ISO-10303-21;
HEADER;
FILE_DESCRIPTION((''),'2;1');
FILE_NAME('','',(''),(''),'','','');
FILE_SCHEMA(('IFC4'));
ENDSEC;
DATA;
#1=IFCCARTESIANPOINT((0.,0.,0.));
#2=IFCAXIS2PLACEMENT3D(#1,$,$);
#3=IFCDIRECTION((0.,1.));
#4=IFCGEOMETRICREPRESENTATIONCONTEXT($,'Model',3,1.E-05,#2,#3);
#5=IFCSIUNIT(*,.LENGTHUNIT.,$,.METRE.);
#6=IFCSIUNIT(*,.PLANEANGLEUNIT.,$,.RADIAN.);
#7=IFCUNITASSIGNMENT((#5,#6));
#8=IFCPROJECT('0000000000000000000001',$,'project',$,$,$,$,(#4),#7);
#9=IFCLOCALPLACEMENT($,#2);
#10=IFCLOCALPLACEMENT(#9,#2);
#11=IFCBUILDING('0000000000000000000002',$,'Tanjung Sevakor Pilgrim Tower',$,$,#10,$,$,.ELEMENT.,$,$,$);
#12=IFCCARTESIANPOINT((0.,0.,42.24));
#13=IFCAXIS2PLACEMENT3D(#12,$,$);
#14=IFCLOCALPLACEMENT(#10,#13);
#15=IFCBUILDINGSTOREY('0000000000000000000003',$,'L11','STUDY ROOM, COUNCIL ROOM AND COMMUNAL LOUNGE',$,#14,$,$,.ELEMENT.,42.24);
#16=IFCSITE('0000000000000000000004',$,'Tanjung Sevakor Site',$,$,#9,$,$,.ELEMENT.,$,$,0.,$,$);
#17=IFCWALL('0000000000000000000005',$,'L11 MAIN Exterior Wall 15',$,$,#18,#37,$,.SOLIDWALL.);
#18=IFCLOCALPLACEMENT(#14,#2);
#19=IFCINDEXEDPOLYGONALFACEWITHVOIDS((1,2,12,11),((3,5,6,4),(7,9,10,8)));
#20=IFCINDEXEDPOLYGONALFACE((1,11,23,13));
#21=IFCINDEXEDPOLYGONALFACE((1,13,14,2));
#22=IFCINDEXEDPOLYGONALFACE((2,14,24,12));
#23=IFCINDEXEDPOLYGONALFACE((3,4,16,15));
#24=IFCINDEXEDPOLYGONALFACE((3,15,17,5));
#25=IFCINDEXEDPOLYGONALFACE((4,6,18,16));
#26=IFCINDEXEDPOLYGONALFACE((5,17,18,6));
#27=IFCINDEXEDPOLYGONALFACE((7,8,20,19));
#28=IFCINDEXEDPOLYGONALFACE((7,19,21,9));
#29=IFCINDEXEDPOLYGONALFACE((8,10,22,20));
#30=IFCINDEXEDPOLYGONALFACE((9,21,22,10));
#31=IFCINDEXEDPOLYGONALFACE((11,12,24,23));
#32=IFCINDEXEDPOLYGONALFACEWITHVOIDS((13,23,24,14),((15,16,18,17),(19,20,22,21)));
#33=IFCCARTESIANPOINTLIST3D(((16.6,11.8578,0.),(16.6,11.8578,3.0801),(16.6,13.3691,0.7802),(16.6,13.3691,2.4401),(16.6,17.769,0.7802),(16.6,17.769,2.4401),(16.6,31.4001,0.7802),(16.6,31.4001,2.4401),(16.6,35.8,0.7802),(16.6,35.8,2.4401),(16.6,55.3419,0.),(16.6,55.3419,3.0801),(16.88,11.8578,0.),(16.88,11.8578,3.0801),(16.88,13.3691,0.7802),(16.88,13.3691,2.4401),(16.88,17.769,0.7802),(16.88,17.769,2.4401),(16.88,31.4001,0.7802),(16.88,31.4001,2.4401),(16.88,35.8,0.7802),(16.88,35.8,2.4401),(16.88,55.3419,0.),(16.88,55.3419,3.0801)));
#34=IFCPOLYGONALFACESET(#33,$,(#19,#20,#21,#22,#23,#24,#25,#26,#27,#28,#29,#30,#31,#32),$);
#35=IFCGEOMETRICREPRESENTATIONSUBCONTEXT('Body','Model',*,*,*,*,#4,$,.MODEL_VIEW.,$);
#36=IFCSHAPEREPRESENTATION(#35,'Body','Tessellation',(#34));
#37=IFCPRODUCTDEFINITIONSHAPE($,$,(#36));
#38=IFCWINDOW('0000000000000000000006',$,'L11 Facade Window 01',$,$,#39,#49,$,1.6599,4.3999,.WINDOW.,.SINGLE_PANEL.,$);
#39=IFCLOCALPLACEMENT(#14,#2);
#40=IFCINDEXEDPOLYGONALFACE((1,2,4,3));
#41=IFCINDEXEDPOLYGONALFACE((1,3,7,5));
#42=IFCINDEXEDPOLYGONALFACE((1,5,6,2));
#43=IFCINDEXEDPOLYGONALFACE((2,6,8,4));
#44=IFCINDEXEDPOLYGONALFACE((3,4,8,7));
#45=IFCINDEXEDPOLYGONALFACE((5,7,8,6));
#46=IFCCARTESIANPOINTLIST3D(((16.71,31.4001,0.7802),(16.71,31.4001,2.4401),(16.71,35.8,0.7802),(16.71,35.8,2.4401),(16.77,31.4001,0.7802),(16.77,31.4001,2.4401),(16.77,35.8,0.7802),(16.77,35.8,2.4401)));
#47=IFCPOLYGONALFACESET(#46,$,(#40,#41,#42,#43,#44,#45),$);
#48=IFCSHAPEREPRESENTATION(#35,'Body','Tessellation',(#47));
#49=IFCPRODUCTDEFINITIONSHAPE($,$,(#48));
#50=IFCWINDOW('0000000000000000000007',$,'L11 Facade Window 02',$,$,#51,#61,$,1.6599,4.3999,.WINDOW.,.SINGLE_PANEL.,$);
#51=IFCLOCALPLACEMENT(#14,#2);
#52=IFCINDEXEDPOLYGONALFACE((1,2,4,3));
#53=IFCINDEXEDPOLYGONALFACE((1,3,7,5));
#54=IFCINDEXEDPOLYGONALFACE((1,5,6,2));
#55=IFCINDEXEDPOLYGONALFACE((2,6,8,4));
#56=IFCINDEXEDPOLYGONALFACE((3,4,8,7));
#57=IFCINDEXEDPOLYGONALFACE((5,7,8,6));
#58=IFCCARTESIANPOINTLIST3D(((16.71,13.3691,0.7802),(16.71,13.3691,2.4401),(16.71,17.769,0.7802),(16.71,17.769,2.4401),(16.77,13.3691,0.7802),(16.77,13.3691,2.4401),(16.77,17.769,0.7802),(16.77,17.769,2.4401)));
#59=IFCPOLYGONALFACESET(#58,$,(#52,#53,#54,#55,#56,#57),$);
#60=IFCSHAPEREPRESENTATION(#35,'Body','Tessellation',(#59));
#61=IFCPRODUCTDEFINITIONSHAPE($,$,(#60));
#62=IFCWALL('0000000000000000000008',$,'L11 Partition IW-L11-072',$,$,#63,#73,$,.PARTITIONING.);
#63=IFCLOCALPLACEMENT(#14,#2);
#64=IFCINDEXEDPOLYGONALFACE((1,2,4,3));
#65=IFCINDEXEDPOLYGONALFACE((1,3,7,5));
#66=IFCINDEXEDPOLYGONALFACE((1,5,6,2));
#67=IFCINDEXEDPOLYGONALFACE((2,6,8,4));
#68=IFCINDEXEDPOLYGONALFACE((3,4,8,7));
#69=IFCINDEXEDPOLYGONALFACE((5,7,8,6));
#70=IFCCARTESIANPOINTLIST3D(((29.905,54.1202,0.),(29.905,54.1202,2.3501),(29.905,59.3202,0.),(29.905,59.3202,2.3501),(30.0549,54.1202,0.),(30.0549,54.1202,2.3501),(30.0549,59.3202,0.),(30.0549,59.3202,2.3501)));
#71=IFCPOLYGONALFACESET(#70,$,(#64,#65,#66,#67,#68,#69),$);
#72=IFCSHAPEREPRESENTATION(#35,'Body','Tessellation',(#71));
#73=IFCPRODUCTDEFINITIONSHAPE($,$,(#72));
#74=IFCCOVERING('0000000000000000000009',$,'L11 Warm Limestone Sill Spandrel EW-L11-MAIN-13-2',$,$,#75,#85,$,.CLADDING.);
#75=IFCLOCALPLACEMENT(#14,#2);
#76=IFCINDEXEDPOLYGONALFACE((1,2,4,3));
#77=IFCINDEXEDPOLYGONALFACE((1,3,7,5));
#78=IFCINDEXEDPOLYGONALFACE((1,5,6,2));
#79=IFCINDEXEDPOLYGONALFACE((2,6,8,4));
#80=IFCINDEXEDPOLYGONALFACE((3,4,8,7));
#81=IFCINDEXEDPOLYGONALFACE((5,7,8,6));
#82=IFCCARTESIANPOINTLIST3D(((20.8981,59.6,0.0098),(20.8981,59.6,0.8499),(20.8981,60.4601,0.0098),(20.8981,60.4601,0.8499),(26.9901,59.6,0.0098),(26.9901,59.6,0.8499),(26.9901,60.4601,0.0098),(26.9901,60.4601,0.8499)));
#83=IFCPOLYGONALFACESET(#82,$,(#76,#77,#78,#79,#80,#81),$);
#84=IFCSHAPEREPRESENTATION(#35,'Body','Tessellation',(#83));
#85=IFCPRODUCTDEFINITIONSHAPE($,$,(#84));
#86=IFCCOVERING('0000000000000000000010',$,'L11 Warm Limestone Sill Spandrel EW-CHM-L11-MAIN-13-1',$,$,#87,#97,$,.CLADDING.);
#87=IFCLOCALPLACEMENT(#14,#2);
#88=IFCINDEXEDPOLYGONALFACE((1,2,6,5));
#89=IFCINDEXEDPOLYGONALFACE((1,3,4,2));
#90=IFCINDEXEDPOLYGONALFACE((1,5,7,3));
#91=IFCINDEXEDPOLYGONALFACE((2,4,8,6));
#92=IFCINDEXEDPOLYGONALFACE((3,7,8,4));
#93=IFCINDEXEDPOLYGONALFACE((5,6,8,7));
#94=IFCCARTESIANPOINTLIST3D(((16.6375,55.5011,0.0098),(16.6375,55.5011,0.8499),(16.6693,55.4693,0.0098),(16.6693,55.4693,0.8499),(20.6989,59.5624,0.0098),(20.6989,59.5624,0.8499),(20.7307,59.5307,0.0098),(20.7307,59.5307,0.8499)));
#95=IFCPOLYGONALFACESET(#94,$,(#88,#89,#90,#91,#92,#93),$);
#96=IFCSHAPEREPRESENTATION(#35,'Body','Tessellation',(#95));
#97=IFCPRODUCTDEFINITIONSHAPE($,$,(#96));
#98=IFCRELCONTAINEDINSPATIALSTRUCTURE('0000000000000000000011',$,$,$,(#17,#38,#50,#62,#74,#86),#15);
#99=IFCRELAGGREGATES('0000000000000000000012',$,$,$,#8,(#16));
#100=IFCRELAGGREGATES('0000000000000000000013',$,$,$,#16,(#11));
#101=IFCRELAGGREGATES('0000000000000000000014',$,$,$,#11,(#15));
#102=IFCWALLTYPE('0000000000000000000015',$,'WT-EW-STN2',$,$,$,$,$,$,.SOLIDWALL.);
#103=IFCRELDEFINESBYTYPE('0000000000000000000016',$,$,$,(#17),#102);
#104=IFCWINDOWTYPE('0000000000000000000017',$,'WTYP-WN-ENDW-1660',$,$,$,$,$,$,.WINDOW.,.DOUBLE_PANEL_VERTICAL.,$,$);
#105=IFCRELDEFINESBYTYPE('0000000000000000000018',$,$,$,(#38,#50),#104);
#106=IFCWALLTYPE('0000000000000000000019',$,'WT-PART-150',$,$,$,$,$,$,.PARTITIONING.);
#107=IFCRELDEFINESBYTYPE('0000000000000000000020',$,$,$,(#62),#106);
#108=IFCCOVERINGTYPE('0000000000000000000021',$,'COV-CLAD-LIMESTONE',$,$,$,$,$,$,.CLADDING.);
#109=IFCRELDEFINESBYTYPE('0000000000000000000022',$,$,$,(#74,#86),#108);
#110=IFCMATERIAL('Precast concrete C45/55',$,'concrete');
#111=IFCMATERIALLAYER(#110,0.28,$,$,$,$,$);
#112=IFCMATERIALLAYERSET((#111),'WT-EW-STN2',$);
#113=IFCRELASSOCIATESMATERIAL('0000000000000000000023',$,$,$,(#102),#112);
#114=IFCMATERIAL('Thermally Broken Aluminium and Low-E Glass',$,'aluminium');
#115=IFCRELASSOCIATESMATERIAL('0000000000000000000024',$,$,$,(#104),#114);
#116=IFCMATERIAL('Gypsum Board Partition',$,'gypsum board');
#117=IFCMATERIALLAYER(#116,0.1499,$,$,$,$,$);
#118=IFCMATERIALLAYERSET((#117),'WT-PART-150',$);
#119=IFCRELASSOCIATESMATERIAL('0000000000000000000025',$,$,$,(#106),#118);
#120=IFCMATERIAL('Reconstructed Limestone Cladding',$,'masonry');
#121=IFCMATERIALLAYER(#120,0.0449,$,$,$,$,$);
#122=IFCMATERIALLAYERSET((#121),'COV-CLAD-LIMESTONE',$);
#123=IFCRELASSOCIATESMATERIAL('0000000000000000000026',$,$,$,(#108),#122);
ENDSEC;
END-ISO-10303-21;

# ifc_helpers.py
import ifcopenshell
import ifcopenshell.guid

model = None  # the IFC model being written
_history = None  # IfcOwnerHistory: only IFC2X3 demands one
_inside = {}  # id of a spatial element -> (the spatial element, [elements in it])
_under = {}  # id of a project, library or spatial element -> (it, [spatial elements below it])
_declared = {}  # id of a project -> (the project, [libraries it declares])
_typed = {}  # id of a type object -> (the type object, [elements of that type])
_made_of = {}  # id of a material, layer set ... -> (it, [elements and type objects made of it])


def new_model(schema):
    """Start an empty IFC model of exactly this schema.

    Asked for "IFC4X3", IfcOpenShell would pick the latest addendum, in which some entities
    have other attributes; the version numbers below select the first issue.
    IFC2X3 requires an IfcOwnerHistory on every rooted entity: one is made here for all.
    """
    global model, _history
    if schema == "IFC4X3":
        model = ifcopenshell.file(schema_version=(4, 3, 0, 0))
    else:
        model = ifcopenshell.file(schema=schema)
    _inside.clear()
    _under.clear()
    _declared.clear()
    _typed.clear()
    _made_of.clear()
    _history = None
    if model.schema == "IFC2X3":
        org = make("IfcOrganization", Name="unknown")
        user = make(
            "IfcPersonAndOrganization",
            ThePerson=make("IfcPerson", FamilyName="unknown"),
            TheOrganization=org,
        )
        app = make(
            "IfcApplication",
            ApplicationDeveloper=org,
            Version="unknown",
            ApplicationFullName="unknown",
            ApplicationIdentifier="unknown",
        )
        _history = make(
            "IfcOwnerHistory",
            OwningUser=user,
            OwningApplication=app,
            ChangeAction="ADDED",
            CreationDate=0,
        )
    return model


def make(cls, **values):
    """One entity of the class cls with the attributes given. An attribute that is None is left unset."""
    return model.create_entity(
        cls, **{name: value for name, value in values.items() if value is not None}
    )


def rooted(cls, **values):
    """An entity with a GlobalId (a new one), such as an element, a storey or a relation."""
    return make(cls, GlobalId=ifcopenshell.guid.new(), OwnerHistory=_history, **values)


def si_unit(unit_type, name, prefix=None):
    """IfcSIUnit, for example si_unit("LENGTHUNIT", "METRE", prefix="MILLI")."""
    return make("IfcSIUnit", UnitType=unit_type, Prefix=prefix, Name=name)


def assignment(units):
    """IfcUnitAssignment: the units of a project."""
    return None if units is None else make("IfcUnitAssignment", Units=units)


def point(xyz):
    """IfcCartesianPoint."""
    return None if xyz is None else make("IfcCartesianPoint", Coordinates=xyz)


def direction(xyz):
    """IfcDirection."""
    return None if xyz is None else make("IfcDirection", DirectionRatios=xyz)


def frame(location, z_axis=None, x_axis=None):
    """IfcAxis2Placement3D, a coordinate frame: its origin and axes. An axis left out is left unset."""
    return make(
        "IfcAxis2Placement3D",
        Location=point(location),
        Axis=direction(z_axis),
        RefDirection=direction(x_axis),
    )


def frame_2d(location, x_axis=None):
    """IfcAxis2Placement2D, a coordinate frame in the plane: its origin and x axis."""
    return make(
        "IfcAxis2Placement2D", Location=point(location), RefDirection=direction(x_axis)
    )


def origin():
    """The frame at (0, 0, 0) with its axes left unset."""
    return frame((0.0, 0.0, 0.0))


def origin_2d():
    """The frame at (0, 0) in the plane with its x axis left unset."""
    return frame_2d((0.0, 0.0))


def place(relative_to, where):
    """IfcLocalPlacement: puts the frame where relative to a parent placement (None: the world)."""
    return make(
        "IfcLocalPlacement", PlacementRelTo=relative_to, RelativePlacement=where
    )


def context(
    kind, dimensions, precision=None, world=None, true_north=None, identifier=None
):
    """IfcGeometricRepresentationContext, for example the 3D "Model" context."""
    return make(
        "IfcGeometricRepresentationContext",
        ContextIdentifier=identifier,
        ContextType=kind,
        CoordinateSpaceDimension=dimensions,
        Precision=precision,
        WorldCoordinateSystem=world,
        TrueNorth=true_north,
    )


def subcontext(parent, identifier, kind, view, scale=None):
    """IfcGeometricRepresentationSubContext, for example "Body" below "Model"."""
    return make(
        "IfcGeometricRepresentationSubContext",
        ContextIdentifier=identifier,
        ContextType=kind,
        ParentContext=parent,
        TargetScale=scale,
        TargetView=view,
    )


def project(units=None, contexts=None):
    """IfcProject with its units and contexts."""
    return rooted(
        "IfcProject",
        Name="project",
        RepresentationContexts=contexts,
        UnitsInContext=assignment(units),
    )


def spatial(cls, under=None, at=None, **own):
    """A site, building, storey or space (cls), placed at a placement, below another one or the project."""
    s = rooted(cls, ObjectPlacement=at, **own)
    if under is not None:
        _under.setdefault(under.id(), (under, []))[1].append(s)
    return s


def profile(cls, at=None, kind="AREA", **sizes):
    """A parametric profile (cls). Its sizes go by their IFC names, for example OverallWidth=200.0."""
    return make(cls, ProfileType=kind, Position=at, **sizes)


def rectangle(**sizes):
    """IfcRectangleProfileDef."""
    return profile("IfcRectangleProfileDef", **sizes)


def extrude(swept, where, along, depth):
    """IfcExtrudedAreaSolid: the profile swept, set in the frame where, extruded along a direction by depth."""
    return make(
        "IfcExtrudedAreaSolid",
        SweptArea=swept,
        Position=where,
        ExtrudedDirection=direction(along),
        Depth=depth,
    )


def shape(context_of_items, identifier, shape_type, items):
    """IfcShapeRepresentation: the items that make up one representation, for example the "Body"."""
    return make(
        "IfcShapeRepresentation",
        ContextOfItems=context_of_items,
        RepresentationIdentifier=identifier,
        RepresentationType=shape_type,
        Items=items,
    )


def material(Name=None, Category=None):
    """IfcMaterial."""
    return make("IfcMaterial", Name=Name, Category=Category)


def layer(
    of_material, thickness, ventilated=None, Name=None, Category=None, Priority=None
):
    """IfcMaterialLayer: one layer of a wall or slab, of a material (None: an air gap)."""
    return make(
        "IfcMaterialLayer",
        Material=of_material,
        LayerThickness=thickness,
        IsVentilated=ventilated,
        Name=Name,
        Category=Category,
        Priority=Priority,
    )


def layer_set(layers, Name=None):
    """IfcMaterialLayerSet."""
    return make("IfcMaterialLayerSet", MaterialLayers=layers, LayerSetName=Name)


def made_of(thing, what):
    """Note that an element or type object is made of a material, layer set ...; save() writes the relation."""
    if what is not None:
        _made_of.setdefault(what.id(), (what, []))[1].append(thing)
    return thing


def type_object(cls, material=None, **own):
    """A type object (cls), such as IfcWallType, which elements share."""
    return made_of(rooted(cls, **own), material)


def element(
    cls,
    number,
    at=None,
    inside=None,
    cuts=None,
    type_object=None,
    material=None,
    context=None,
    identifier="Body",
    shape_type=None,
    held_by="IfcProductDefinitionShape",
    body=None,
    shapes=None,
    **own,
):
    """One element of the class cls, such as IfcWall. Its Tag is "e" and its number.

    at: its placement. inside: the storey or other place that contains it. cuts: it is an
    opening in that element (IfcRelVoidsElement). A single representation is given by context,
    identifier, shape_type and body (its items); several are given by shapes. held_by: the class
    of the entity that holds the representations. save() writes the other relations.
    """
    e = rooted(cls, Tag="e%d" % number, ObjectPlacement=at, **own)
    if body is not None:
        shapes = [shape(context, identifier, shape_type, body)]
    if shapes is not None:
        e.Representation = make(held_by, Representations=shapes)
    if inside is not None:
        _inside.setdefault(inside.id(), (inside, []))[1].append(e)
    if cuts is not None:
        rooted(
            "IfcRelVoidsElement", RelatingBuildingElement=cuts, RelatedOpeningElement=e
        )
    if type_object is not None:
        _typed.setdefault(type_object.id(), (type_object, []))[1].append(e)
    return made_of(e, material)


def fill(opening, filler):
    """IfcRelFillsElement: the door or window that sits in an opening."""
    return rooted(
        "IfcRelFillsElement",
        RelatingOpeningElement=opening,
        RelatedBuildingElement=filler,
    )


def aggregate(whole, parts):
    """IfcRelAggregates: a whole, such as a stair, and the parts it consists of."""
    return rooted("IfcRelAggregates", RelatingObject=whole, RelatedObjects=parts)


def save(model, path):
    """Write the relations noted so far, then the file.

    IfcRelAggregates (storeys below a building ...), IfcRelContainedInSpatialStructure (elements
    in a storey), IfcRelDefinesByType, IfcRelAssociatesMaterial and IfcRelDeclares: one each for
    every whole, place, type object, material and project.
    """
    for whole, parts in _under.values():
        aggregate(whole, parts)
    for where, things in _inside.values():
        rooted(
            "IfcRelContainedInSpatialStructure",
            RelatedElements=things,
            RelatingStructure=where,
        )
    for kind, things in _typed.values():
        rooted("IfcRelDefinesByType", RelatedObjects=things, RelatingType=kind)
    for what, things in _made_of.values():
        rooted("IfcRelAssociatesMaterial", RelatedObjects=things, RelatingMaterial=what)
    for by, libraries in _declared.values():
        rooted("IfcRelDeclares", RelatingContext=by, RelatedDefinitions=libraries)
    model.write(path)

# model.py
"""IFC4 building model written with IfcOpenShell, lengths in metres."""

from ifc_helpers import new_model, si_unit, direction, frame, frame_2d, origin, origin_2d, place, context, subcontext, project, spatial, rectangle, extrude, material, layer, layer_set, type_object, element, fill, save


model = new_model("IFC4")

# Units and contexts
model_context = context("Model", 3, precision=1e-05, world=origin(), true_north=direction((0.0, 1.0)))
body_context = subcontext(model_context, "Body", "Model", "MODEL_VIEW")
ifc_project = project(units=[si_unit("LENGTHUNIT", "METRE"), si_unit("PLANEANGLEUNIT", "RADIAN")], contexts=[model_context])

# Site, building, storey
site_placement = place(None, origin())
site = spatial("IfcSite", under=ifc_project, at=site_placement, Name="Tanjung Sevakor Site", CompositionType="ELEMENT", RefElevation=0.0)
building_placement = place(site_placement, origin())
building = spatial("IfcBuilding", under=site, at=building_placement, Name="Tanjung Sevakor Pilgrim Tower", CompositionType="ELEMENT")
storey_placement = place(building_placement, frame((0.0, 0.0, 42.24)))
storey = spatial("IfcBuildingStorey", under=building, at=storey_placement, Name="L11", Description="STUDY ROOM, COUNCIL ROOM AND COMMUNAL LOUNGE", CompositionType="ELEMENT", Elevation=42.24)

# Shared definitions
ifc_material_1 = material(Name="Precast concrete C45/55", Category="concrete")
ifc_layer_1 = layer(ifc_material_1, 0.28)
ifc_layer_set_1 = layer_set([ifc_layer_1], Name="WT-EW-STN2")
wall_type_1 = type_object("IfcWallType", Name="WT-EW-STN2", PredefinedType="SOLIDWALL", material=ifc_layer_set_1)

# Wall, openings, windows
wall_1_placement = place(storey_placement, frame((16.74, 55.342, 0.0), z_axis=(0.0, 0.0, 1.0), x_axis=(0.0, -1.0, 0.0)))
wall_1 = element("IfcWall", 1, at=wall_1_placement, inside=storey, type_object=wall_type_1, Name="L11 MAIN Exterior Wall 15", PredefinedType="SOLIDWALL", context=body_context, shape_type="SweptSolid", body=[
    extrude(rectangle(XDim=43.4841, YDim=0.28, at=frame_2d((21.7422, 0.0))), origin(), (0.0, 0.0, 1.0), 3.0801),
])
opening_1_placement = place(wall_1_placement, frame((19.542, 0.0, 0.78)))
opening_1 = element("IfcOpeningElement", 2, at=opening_1_placement, cuts=wall_1, PredefinedType="OPENING", context=body_context, shape_type="SweptSolid", body=[
    extrude(rectangle(XDim=4.3999, YDim=1.6599, at=frame_2d((2.2, 0.8301))), frame((0.0, 0.1499, 0.0), z_axis=(0.0, -1.0, 0.0), x_axis=(1.0, 0.0, 0.0)), (0.0, 0.0, 1.0), 0.3),
])
opening_2_placement = place(wall_1_placement, frame((37.573, 0.0, 0.78)))
opening_2 = element("IfcOpeningElement", 3, at=opening_2_placement, cuts=wall_1, PredefinedType="OPENING", context=body_context, shape_type="SweptSolid", body=[
    extrude(rectangle(XDim=4.3999, YDim=1.6599, at=frame_2d((2.2, 0.8301))), frame((0.0, 0.1499, 0.0), z_axis=(0.0, -1.0, 0.0), x_axis=(1.0, 0.0, 0.0)), (0.0, 0.0, 1.0), 0.3),
])
ifc_material_2 = material(Name="Thermally Broken Aluminium and Low-E Glass", Category="aluminium")
window_type_1 = type_object("IfcWindowType", Name="WTYP-WN-ENDW-1660", PartitioningType="DOUBLE_PANEL_VERTICAL", PredefinedType="WINDOW", material=ifc_material_2)
window_1_placement = place(opening_1_placement, origin())
window_1 = element("IfcWindow", 4, at=window_1_placement, inside=storey, type_object=window_type_1, Name="L11 Facade Window 01", OverallHeight=1.6599, OverallWidth=4.3999, PartitioningType="SINGLE_PANEL", PredefinedType="WINDOW", context=body_context, shape_type="SweptSolid", body=[
    extrude(rectangle(XDim=4.3999, YDim=1.6599, at=frame_2d((2.2, 0.8301))), frame((0.0, 0.03, 0.0), z_axis=(0.0, -1.0, 0.0), x_axis=(1.0, 0.0, 0.0)), (0.0, 0.0, 1.0), 0.0601),
])
fill(opening_1, window_1)
window_2_placement = place(opening_2_placement, origin())
window_2 = element("IfcWindow", 5, at=window_2_placement, inside=storey, type_object=window_type_1, Name="L11 Facade Window 02", OverallHeight=1.6599, OverallWidth=4.3999, PartitioningType="SINGLE_PANEL", PredefinedType="WINDOW", context=body_context, shape_type="SweptSolid", body=[
    extrude(rectangle(XDim=4.3999, YDim=1.6599, at=frame_2d((2.2, 0.8301))), frame((0.0, 0.03, 0.0), z_axis=(0.0, -1.0, 0.0), x_axis=(1.0, 0.0, 0.0)), (0.0, 0.0, 1.0), 0.0601),
])
fill(opening_2, window_2)

# Wall
ifc_material_3 = material(Name="Gypsum Board Partition", Category="gypsum board")
ifc_layer_2 = layer(ifc_material_3, 0.1499)
ifc_layer_set_2 = layer_set([ifc_layer_2], Name="WT-PART-150")
wall_type_2 = type_object("IfcWallType", Name="WT-PART-150", PredefinedType="PARTITIONING", material=ifc_layer_set_2)
wall_2_placement = place(storey_placement, frame((29.98, 54.1201, 0.0), z_axis=(0.0, 0.0, 1.0), x_axis=(0.0, 1.0, 0.0)))
element("IfcWall", 6, at=wall_2_placement, inside=storey, type_object=wall_type_2, Name="L11 Partition IW-L11-072", PredefinedType="PARTITIONING", context=body_context, shape_type="SweptSolid", body=[
    extrude(rectangle(XDim=5.2, YDim=0.1499, at=frame_2d((2.6001, 0.0))), origin(), (0.0, 0.0, 1.0), 2.3501),
])

# Coverings
ifc_material_4 = material(Name="Reconstructed Limestone Cladding", Category="masonry")
ifc_layer_3 = layer(ifc_material_4, 0.0449)
ifc_layer_set_3 = layer_set([ifc_layer_3], Name="COV-CLAD-LIMESTONE")
covering_type = type_object("IfcCoveringType", Name="COV-CLAD-LIMESTONE", PredefinedType="CLADDING", material=ifc_layer_set_3)
covering_1_placement = place(storey_placement, frame((23.9441, 60.03, 0.0098), z_axis=(0.0, 0.0, 1.0), x_axis=(-1.0, 0.0, 0.0)))
element("IfcCovering", 7, at=covering_1_placement, inside=storey, type_object=covering_type, Name="L11 Warm Limestone Sill Spandrel EW-L11-MAIN-13-2", PredefinedType="CLADDING", context=body_context, shape_type="SweptSolid", body=[
    extrude(rectangle(XDim=6.092, YDim=0.8601, at=origin_2d()), origin(), (0.0, 0.0, 1.0), 0.8401),
])
covering_2_placement = place(storey_placement, frame((18.6841, 57.5159, 0.0098), z_axis=(0.0, 0.0, 1.0), x_axis=(-0.707107, -0.707107, 0.0)))
element("IfcCovering", 8, at=covering_2_placement, inside=storey, type_object=covering_type, Name="L11 Warm Limestone Sill Spandrel EW-CHM-L11-MAIN-13-1", PredefinedType="CLADDING", context=body_context, shape_type="SweptSolid", body=[
    extrude(rectangle(XDim=5.7437, YDim=0.0449, at=origin_2d()), origin(), (0.0, 0.0, 1.0), 0.8401),
])

save(model, "model.ifc")
